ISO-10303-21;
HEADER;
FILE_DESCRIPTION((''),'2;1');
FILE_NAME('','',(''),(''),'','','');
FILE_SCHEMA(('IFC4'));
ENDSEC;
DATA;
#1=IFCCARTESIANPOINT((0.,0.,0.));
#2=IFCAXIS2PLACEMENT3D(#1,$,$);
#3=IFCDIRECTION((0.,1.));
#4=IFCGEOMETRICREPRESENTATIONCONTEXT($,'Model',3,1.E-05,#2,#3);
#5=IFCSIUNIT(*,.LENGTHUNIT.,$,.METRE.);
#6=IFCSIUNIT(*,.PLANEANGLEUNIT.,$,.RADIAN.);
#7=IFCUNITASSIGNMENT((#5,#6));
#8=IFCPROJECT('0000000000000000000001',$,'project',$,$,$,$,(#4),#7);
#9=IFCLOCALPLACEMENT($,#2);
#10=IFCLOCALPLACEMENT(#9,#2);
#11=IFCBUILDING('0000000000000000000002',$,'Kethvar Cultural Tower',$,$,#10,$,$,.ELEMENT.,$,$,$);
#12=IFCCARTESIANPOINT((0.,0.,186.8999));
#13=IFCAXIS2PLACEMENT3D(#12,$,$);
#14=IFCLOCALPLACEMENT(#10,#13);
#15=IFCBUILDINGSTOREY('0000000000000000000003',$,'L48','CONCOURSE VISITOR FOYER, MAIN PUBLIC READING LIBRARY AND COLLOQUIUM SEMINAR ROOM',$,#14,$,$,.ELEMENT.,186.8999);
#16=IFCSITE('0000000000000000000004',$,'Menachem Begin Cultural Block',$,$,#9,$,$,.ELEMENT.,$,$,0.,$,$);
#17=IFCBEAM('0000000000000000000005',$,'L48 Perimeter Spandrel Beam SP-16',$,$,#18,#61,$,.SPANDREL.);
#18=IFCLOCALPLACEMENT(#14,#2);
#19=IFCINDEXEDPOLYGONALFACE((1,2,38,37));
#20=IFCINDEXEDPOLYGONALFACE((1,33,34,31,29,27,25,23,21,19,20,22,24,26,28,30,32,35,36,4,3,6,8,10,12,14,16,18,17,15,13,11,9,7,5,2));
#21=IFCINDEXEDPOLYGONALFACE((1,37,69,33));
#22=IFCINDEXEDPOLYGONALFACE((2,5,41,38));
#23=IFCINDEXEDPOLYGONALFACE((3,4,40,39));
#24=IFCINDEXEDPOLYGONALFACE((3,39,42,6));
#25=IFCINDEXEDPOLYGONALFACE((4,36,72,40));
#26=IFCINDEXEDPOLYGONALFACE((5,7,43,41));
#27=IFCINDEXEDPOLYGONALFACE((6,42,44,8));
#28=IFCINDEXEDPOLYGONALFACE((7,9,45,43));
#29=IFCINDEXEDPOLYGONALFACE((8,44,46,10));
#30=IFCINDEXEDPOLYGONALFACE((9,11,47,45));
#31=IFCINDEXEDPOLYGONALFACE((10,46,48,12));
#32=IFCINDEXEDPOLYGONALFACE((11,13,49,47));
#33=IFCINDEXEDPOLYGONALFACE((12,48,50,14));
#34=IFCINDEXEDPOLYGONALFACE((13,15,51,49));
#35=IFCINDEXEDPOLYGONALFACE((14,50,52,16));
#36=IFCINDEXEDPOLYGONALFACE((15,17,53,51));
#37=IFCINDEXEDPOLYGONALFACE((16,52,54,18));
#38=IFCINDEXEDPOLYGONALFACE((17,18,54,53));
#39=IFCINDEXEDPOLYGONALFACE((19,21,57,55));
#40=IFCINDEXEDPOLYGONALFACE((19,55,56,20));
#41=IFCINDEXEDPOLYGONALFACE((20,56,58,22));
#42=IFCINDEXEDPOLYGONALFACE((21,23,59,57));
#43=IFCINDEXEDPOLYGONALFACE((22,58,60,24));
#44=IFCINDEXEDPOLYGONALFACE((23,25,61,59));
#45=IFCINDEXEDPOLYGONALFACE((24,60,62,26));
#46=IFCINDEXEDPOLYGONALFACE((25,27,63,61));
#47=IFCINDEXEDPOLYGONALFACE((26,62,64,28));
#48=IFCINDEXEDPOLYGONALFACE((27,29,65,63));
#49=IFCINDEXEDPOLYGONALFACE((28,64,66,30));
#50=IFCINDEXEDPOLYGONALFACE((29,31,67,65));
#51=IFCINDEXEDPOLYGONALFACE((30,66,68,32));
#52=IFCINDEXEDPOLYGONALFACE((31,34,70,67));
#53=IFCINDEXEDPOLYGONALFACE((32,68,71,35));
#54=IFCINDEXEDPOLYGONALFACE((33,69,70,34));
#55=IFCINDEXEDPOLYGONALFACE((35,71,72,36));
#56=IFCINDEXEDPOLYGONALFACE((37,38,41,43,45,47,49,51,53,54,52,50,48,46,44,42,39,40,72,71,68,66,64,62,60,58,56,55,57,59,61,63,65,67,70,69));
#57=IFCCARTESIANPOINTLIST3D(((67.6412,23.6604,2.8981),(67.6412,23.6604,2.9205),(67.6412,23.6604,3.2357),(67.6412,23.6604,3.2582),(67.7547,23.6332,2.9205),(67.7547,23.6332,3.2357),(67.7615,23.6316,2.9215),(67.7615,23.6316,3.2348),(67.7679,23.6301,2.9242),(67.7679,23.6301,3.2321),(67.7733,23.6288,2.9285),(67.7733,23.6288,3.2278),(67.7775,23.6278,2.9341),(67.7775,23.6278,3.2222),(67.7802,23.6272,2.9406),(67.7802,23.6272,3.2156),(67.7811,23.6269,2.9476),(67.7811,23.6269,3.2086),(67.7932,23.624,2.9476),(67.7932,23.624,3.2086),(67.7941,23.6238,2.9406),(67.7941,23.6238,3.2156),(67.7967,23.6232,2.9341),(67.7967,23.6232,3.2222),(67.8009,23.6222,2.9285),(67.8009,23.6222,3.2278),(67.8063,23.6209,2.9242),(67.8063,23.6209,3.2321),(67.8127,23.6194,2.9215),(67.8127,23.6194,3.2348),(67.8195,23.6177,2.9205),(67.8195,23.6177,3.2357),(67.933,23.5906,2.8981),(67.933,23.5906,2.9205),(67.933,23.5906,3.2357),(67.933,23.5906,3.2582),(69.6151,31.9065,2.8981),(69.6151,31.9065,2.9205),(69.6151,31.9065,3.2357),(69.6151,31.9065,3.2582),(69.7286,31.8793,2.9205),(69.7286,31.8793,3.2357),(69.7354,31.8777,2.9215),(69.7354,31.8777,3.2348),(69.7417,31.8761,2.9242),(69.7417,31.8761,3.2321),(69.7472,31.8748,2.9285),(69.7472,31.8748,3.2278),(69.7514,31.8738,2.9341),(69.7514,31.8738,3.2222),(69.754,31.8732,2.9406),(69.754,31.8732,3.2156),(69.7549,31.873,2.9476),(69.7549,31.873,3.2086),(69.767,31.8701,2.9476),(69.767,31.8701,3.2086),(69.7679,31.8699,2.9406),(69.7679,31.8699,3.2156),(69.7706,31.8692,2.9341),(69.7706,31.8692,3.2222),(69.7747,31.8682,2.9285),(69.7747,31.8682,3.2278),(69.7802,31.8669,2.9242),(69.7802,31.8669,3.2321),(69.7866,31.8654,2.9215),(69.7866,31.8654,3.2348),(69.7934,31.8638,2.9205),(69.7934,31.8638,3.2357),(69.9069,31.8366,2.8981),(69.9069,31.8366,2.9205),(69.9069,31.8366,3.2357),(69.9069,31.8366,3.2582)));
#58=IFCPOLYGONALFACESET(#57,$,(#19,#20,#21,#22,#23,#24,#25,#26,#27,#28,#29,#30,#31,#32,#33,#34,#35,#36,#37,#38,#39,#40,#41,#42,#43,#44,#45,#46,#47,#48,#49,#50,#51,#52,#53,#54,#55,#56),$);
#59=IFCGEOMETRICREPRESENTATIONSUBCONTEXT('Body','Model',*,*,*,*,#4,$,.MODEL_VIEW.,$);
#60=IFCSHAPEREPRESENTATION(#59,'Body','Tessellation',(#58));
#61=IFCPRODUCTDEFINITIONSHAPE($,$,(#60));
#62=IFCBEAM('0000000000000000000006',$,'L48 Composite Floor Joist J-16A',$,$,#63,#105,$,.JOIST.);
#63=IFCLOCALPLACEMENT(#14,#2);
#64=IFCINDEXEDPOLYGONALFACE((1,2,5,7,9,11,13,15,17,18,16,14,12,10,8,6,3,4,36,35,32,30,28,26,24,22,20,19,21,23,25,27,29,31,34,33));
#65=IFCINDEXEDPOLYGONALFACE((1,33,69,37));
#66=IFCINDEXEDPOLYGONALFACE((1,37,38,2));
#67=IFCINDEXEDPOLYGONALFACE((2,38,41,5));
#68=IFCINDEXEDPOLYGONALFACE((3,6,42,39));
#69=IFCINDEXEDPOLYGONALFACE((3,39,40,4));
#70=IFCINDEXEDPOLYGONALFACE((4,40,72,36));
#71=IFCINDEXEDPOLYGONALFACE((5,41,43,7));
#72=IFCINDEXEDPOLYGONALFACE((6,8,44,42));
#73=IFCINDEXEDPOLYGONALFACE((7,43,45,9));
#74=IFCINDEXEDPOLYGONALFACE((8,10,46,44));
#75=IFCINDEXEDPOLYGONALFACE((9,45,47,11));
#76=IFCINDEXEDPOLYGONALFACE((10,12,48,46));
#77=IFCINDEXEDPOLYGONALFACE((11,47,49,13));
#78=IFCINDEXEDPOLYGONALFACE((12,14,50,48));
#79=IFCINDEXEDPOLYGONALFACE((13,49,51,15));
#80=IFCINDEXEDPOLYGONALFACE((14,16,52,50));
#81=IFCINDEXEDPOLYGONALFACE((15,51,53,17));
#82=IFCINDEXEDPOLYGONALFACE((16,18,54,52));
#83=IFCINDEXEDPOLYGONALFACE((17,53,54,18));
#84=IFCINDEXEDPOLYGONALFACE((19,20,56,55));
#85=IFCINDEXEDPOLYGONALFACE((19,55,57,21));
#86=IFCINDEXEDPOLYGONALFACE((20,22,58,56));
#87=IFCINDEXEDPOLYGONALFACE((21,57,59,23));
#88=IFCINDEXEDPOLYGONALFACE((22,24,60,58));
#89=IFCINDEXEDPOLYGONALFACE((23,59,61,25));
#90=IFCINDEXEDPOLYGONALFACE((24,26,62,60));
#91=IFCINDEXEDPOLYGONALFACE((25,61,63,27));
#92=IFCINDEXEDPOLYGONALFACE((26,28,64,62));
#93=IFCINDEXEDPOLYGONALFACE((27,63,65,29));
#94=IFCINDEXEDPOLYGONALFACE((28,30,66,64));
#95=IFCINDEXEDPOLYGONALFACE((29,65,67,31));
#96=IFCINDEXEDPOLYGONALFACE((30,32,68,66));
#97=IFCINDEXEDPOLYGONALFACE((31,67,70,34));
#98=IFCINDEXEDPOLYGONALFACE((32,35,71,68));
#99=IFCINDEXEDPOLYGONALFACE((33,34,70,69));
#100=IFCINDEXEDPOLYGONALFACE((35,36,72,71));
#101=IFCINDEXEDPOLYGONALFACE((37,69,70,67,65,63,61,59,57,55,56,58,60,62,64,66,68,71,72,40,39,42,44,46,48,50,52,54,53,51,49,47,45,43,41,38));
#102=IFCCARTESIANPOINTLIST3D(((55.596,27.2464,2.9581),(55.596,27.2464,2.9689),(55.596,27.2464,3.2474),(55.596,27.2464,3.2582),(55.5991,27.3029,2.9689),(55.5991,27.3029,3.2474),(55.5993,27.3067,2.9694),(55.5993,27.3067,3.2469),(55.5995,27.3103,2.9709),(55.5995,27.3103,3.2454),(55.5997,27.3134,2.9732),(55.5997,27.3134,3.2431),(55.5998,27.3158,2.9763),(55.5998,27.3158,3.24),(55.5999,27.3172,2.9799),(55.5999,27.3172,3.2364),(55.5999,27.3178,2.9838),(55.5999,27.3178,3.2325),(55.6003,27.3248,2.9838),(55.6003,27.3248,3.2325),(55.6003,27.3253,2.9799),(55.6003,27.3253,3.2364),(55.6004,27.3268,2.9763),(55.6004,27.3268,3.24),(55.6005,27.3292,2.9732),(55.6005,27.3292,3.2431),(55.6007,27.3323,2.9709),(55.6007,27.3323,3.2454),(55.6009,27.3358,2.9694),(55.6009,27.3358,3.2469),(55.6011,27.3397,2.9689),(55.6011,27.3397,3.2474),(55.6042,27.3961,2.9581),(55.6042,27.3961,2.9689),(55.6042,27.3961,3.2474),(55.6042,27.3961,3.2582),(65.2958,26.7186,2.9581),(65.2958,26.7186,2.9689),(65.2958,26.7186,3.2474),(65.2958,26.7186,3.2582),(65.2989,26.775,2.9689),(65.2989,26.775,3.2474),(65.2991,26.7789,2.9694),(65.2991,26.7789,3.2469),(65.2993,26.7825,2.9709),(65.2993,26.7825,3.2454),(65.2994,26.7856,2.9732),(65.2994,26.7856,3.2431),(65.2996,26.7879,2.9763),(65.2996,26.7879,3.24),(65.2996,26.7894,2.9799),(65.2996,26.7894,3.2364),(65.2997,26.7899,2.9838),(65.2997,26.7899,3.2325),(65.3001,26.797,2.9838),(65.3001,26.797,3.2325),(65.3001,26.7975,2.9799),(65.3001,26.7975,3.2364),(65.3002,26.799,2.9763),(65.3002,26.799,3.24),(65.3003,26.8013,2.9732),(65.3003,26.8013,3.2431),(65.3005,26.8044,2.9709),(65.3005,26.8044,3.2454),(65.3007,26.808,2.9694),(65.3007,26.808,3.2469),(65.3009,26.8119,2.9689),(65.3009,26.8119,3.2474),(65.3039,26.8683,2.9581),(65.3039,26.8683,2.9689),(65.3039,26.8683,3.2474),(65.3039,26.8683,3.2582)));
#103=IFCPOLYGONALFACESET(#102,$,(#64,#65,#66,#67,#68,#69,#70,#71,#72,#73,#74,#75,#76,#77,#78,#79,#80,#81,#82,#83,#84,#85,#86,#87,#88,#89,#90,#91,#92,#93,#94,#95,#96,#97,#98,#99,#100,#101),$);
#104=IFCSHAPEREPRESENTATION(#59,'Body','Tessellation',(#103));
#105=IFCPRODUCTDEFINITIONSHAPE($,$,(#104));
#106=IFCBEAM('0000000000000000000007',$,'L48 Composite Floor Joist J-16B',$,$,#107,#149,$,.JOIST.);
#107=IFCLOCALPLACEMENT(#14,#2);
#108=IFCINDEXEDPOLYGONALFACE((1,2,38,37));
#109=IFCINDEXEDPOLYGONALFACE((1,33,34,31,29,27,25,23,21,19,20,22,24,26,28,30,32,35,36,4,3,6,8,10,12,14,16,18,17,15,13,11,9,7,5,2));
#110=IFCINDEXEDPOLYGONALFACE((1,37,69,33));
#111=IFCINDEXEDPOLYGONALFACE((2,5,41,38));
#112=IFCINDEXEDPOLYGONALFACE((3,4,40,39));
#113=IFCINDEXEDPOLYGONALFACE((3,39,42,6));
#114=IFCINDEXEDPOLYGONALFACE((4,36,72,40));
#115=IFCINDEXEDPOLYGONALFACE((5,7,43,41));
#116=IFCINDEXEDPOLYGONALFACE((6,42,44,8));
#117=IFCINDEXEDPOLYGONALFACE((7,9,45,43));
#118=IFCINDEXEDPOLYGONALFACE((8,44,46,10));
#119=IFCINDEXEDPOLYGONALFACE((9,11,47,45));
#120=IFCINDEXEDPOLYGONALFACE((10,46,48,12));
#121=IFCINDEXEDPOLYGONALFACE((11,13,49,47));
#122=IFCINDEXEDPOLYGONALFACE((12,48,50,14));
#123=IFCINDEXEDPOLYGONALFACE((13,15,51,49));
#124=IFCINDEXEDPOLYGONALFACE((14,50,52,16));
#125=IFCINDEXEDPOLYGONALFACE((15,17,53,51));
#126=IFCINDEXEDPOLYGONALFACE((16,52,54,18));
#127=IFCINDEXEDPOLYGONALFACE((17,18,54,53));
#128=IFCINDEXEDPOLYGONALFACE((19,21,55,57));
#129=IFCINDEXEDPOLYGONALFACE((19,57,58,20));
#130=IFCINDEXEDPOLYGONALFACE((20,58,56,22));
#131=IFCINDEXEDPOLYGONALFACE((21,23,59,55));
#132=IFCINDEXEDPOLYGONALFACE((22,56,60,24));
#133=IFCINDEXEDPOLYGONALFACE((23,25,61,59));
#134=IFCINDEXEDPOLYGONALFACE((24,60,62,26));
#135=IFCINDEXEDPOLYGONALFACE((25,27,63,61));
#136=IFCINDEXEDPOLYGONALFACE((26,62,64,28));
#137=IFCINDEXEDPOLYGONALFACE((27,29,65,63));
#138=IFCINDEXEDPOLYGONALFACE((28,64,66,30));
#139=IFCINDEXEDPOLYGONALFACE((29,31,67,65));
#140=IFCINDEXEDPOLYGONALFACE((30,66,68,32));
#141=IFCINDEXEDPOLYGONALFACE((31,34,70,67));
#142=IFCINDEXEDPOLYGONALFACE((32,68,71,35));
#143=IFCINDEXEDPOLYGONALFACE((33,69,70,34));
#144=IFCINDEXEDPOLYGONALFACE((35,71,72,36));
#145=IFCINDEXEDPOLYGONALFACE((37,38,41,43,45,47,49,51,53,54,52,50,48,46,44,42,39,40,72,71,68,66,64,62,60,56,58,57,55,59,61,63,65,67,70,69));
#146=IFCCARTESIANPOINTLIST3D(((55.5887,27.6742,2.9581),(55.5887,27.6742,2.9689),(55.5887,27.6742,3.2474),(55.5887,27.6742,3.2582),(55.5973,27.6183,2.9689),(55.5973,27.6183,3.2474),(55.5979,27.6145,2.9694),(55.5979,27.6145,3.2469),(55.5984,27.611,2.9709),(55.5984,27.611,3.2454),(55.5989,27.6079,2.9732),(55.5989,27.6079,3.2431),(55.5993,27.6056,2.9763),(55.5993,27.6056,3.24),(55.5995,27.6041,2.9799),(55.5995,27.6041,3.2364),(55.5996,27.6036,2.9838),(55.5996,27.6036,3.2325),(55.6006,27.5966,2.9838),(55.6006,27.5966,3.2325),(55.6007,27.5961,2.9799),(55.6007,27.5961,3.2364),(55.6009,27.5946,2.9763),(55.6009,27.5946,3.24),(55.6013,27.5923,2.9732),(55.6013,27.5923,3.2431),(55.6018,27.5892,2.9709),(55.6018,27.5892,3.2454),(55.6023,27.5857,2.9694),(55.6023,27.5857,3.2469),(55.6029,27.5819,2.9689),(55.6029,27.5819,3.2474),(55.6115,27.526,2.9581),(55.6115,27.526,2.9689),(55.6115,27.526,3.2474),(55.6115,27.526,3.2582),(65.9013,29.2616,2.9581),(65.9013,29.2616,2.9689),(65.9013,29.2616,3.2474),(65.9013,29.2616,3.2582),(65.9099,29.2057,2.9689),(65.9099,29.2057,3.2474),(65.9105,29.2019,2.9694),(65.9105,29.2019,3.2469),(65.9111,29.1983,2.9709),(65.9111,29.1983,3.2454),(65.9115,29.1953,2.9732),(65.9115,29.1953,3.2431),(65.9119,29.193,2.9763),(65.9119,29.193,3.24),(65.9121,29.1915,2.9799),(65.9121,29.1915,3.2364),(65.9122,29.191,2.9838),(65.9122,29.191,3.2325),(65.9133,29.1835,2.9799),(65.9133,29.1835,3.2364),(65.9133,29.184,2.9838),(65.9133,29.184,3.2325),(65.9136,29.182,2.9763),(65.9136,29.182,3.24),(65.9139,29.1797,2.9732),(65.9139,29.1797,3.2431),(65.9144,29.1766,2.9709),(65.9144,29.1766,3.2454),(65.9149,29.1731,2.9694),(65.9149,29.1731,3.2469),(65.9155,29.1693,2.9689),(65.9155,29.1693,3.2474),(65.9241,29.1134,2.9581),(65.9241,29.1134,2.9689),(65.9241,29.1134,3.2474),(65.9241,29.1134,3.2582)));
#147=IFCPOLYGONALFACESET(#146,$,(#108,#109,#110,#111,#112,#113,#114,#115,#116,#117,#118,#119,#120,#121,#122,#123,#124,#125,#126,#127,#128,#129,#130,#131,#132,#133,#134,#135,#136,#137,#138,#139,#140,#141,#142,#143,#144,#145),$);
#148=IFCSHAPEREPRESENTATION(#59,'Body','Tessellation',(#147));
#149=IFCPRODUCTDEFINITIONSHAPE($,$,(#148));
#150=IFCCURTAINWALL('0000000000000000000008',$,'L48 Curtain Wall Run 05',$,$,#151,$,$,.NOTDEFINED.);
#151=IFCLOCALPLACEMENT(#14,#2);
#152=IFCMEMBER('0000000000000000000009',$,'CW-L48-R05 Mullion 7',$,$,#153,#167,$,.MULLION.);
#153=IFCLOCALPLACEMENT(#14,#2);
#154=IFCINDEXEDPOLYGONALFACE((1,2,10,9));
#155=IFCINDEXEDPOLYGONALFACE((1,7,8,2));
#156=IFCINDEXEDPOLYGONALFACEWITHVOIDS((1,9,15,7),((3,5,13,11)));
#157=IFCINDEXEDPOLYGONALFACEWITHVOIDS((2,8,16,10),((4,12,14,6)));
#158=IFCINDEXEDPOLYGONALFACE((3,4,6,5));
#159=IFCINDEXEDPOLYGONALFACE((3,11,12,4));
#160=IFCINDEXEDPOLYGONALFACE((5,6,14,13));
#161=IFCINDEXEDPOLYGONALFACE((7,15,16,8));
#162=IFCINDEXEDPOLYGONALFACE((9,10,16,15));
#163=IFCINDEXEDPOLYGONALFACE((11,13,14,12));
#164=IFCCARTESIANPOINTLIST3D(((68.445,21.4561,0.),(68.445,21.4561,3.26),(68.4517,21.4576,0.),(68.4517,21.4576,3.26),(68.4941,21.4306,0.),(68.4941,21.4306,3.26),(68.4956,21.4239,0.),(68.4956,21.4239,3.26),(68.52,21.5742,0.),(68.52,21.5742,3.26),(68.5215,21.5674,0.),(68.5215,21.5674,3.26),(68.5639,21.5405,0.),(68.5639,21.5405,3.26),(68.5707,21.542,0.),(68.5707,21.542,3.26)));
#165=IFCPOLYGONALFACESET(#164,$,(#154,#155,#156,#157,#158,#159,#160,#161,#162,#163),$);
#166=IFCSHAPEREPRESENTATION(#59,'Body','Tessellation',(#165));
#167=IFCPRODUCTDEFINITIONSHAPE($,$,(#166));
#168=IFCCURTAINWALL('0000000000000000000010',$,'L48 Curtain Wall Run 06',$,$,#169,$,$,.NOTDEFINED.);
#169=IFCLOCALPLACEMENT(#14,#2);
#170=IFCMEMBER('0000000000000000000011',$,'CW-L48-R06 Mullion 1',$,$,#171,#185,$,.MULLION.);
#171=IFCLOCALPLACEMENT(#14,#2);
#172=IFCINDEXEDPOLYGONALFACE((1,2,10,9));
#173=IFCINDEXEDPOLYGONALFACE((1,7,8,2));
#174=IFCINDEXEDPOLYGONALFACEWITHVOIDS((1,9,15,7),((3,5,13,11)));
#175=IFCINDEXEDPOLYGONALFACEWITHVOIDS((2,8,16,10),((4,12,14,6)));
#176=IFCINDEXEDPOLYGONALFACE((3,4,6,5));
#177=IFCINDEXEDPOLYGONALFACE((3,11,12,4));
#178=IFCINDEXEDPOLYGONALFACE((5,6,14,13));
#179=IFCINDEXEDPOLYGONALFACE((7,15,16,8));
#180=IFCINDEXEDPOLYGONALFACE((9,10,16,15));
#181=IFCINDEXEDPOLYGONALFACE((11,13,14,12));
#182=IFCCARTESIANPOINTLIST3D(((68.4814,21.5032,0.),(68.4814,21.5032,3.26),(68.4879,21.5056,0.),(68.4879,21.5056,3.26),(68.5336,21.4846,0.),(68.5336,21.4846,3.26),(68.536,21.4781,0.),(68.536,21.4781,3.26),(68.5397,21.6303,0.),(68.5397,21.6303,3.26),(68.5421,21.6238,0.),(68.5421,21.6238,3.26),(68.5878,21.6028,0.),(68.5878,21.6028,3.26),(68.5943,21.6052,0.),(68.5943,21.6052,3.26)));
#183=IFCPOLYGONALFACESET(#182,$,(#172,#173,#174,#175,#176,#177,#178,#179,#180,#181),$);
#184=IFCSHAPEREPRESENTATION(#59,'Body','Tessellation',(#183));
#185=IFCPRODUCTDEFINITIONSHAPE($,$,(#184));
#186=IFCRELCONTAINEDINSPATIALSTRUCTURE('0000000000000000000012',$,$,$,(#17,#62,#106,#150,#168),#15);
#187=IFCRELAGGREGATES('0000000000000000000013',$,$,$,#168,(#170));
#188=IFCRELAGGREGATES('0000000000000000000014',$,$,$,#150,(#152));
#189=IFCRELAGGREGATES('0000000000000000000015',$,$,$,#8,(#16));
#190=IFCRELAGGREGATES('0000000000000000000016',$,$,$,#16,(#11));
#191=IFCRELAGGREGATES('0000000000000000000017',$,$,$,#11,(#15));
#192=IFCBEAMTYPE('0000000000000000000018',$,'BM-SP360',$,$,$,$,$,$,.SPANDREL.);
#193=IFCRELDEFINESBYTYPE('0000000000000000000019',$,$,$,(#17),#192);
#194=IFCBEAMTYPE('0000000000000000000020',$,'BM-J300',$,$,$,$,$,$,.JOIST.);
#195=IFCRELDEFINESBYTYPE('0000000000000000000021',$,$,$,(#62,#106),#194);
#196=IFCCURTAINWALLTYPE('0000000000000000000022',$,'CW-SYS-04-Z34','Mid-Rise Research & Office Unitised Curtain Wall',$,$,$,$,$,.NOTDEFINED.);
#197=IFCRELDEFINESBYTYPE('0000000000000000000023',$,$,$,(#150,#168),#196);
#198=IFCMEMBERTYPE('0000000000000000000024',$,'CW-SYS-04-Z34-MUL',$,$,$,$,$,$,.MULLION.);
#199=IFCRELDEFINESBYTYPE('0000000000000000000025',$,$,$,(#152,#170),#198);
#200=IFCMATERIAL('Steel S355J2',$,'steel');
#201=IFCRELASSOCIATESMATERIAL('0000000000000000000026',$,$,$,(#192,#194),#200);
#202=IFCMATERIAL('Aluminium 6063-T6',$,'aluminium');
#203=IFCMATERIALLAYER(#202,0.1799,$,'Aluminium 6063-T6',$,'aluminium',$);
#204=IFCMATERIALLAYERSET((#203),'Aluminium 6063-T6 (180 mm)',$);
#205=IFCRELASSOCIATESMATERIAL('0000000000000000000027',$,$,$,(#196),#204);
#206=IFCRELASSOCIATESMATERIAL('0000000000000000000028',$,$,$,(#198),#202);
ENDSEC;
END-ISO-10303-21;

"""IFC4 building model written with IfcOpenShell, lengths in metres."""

from ifc_helpers import new_model, si_unit, direction, frame, origin, origin_2d, place, context, subcontext, project, spatial, hollow_rectangle, i_section, extrude, source, transform, mapped, material, layer, layer_set, material_profile, profile_set, type_object, element, aggregate, save


model = new_model("IFC4")

# Units and contexts
model_context = context("Model", 3, precision=1e-05, world=origin(), true_north=direction((0.0, 1.0)))
body_context = subcontext(model_context, "Body", "Model", "MODEL_VIEW")
ifc_project = project(units=[si_unit("LENGTHUNIT", "METRE"), si_unit("PLANEANGLEUNIT", "RADIAN")], contexts=[model_context])

# Site, building, storey
site_placement = place(None, origin())
site = spatial("IfcSite", under=ifc_project, at=site_placement, Name="Menachem Begin Cultural Block", CompositionType="ELEMENT", RefElevation=0.0)
building_placement = place(site_placement, origin())
building = spatial("IfcBuilding", under=site, at=building_placement, Name="Kethvar Cultural Tower", CompositionType="ELEMENT")
storey_placement = place(building_placement, frame((0.0, 0.0, 186.8999)))
storey = spatial("IfcBuildingStorey", under=building, at=storey_placement, Name="L48", Description="CONCOURSE VISITOR FOYER, MAIN PUBLIC READING LIBRARY AND COLLOQUIUM SEMINAR ROOM", CompositionType="ELEMENT", Elevation=186.8999)

# Beams
ifc_material_1 = material(Name="Steel S355J2", Category="steel")
ifc_material_profile_1 = material_profile(ifc_material_1, i_section(OverallWidth=0.3, OverallDepth=0.3601, WebThickness=0.0125, FlangeThickness=0.0225, FilletRadius=0.0271, at=origin_2d()), Name="Steel S355J2 — HEB360")
ifc_profile_set_1 = profile_set([ifc_material_profile_1], Name="Steel S355J2 — HEB360")
beam_type_1 = type_object("IfcBeamType", Name="BM-SP360", PredefinedType="SPANDREL", material=ifc_profile_set_1)
shared_shape_1 = source(origin(), body_context, "Body", "SweptSolid", [
    extrude(i_section(OverallWidth=0.3, OverallDepth=0.3601, WebThickness=0.0125, FlangeThickness=0.0225, FilletRadius=0.0271, at=origin_2d()), origin(), (0.0, 0.0, 1.0), 8.479),
])
beam_1_placement = place(storey_placement, frame((67.7871, 23.6255, 3.0781), z_axis=(0.232795, 0.972526, 0.0), x_axis=(-0.972526, 0.232795, 0.0)))
element("IfcBeam", 1, at=beam_1_placement, inside=storey, type_object=beam_type_1, Name="L48 Perimeter Spandrel Beam SP-16", PredefinedType="SPANDREL", context=body_context, shape_type="MappedRepresentation", body=[
    mapped(shared_shape_1, transform((0.0, 0.0, 0.0), scale=1.0)),
])
ifc_material_profile_2 = material_profile(ifc_material_1, i_section(OverallWidth=0.1499, OverallDepth=0.3, WebThickness=0.0071, FlangeThickness=0.0107, FilletRadius=0.0149, at=origin_2d()), Name="Steel S355J2 — IPE300")
ifc_profile_set_2 = profile_set([ifc_material_profile_2], Name="Steel S355J2 — IPE300")
beam_type_2 = type_object("IfcBeamType", Name="BM-J300", PredefinedType="JOIST", material=ifc_profile_set_2)
shared_shape_2 = source(origin(), body_context, "Body", "SweptSolid", [
    extrude(i_section(OverallWidth=0.1499, OverallDepth=0.3, WebThickness=0.0071, FlangeThickness=0.0107, FilletRadius=0.0149, at=origin_2d()), origin(), (0.0, 0.0, 1.0), 9.7141),
])
beam_2_placement = place(storey_placement, frame((55.6001, 27.3213, 3.1082), z_axis=(0.998523, -0.054337, 0.0), x_axis=(0.054337, 0.998523, 0.0)))
element("IfcBeam", 2, at=beam_2_placement, inside=storey, type_object=beam_type_2, Name="L48 Composite Floor Joist J-16A", PredefinedType="JOIST", context=body_context, shape_type="MappedRepresentation", body=[
    mapped(shared_shape_2, transform((0.0, 0.0, 0.0), scale=1.0)),
])
shared_shape_3 = source(origin(), body_context, "Body", "SweptSolid", [
    extrude(i_section(OverallWidth=0.1499, OverallDepth=0.3, WebThickness=0.0071, FlangeThickness=0.0107, FilletRadius=0.0149, at=origin_2d()), origin(), (0.0, 0.0, 1.0), 10.4341),
])
beam_3_placement = place(storey_placement, frame((55.6001, 27.6001, 3.1082), z_axis=(0.98836, 0.152135, 0.0), x_axis=(-0.152135, 0.98836, 0.0)))
element("IfcBeam", 3, at=beam_3_placement, inside=storey, type_object=beam_type_2, Name="L48 Composite Floor Joist J-16B", PredefinedType="JOIST", context=body_context, shape_type="MappedRepresentation", body=[
    mapped(shared_shape_3, transform((0.0, 0.0, 0.0), scale=1.0)),
])

# Curtain wall, member
ifc_material_2 = material(Name="Aluminium 6063-T6", Category="aluminium")
ifc_layer_1 = layer(ifc_material_2, 0.1799, Name="Aluminium 6063-T6", Category="aluminium")
ifc_layer_set_1 = layer_set([ifc_layer_1], Name="Aluminium 6063-T6 (180 mm)")
curtain_wall_type = type_object("IfcCurtainWallType", Name="CW-SYS-04-Z34", Description="Mid-Rise Research & Office Unitised Curtain Wall", PredefinedType="NOTDEFINED", material=ifc_layer_set_1)
curtain_wall_1_placement = place(storey_placement, origin())
curtain_wall_1 = element("IfcCurtainWall", 4, at=curtain_wall_1_placement, inside=storey, type_object=curtain_wall_type, Name="L48 Curtain Wall Run 05", PredefinedType="NOTDEFINED")
ifc_material_profile_3 = material_profile(ifc_material_2, hollow_rectangle(XDim=0.0601, YDim=0.1399, WallThickness=0.0049, at=origin_2d()), Name="Aluminium 6063-T6 — RHS140x60x5")
ifc_profile_set_3 = profile_set([ifc_material_profile_3], Name="Aluminium 6063-T6 — RHS140x60x5")
member_type_1 = type_object("IfcMemberType", Name="CW-SYS-04-Z34-MUL", PredefinedType="MULLION", material=ifc_profile_set_3)
shared_shape_4 = source(origin(), body_context, "Body", "SweptSolid", [
    extrude(hollow_rectangle(XDim=0.0601, YDim=0.1399, WallThickness=0.0049, at=origin_2d()), origin(), (0.0, 0.0, 1.0), 3.26),
])
member_1_placement = place(storey_placement, frame((68.5078, 21.499, 0.0), z_axis=(0.0, 0.0, 1.0), x_axis=(-0.844038, 0.536284, 0.0)))
member_1 = element("IfcMember", 5, at=member_1_placement, type_object=member_type_1, Name="CW-L48-R05 Mullion 7", PredefinedType="MULLION", context=body_context, shape_type="MappedRepresentation", body=[
    mapped(shared_shape_4, transform((0.0, 0.0, 0.0), scale=1.0)),
])

# Curtain wall, member
curtain_wall_2_placement = place(storey_placement, origin())
curtain_wall_2 = element("IfcCurtainWall", 6, at=curtain_wall_2_placement, inside=storey, type_object=curtain_wall_type, Name="L48 Curtain Wall Run 06", PredefinedType="NOTDEFINED")
member_2_placement = place(storey_placement, frame((68.5378, 21.5542, 0.0), z_axis=(0.0, 0.0, 1.0), x_axis=(-0.908872, 0.417074, 0.0)))
member_2 = element("IfcMember", 7, at=member_2_placement, type_object=member_type_1, Name="CW-L48-R06 Mullion 1", PredefinedType="MULLION", context=body_context, shape_type="MappedRepresentation", body=[
    mapped(shared_shape_4, transform((0.0, 0.0, 0.0), scale=1.0)),
])
aggregate(curtain_wall_2, [member_2])

aggregate(curtain_wall_1, [member_1])

save(model, "model.ifc")
